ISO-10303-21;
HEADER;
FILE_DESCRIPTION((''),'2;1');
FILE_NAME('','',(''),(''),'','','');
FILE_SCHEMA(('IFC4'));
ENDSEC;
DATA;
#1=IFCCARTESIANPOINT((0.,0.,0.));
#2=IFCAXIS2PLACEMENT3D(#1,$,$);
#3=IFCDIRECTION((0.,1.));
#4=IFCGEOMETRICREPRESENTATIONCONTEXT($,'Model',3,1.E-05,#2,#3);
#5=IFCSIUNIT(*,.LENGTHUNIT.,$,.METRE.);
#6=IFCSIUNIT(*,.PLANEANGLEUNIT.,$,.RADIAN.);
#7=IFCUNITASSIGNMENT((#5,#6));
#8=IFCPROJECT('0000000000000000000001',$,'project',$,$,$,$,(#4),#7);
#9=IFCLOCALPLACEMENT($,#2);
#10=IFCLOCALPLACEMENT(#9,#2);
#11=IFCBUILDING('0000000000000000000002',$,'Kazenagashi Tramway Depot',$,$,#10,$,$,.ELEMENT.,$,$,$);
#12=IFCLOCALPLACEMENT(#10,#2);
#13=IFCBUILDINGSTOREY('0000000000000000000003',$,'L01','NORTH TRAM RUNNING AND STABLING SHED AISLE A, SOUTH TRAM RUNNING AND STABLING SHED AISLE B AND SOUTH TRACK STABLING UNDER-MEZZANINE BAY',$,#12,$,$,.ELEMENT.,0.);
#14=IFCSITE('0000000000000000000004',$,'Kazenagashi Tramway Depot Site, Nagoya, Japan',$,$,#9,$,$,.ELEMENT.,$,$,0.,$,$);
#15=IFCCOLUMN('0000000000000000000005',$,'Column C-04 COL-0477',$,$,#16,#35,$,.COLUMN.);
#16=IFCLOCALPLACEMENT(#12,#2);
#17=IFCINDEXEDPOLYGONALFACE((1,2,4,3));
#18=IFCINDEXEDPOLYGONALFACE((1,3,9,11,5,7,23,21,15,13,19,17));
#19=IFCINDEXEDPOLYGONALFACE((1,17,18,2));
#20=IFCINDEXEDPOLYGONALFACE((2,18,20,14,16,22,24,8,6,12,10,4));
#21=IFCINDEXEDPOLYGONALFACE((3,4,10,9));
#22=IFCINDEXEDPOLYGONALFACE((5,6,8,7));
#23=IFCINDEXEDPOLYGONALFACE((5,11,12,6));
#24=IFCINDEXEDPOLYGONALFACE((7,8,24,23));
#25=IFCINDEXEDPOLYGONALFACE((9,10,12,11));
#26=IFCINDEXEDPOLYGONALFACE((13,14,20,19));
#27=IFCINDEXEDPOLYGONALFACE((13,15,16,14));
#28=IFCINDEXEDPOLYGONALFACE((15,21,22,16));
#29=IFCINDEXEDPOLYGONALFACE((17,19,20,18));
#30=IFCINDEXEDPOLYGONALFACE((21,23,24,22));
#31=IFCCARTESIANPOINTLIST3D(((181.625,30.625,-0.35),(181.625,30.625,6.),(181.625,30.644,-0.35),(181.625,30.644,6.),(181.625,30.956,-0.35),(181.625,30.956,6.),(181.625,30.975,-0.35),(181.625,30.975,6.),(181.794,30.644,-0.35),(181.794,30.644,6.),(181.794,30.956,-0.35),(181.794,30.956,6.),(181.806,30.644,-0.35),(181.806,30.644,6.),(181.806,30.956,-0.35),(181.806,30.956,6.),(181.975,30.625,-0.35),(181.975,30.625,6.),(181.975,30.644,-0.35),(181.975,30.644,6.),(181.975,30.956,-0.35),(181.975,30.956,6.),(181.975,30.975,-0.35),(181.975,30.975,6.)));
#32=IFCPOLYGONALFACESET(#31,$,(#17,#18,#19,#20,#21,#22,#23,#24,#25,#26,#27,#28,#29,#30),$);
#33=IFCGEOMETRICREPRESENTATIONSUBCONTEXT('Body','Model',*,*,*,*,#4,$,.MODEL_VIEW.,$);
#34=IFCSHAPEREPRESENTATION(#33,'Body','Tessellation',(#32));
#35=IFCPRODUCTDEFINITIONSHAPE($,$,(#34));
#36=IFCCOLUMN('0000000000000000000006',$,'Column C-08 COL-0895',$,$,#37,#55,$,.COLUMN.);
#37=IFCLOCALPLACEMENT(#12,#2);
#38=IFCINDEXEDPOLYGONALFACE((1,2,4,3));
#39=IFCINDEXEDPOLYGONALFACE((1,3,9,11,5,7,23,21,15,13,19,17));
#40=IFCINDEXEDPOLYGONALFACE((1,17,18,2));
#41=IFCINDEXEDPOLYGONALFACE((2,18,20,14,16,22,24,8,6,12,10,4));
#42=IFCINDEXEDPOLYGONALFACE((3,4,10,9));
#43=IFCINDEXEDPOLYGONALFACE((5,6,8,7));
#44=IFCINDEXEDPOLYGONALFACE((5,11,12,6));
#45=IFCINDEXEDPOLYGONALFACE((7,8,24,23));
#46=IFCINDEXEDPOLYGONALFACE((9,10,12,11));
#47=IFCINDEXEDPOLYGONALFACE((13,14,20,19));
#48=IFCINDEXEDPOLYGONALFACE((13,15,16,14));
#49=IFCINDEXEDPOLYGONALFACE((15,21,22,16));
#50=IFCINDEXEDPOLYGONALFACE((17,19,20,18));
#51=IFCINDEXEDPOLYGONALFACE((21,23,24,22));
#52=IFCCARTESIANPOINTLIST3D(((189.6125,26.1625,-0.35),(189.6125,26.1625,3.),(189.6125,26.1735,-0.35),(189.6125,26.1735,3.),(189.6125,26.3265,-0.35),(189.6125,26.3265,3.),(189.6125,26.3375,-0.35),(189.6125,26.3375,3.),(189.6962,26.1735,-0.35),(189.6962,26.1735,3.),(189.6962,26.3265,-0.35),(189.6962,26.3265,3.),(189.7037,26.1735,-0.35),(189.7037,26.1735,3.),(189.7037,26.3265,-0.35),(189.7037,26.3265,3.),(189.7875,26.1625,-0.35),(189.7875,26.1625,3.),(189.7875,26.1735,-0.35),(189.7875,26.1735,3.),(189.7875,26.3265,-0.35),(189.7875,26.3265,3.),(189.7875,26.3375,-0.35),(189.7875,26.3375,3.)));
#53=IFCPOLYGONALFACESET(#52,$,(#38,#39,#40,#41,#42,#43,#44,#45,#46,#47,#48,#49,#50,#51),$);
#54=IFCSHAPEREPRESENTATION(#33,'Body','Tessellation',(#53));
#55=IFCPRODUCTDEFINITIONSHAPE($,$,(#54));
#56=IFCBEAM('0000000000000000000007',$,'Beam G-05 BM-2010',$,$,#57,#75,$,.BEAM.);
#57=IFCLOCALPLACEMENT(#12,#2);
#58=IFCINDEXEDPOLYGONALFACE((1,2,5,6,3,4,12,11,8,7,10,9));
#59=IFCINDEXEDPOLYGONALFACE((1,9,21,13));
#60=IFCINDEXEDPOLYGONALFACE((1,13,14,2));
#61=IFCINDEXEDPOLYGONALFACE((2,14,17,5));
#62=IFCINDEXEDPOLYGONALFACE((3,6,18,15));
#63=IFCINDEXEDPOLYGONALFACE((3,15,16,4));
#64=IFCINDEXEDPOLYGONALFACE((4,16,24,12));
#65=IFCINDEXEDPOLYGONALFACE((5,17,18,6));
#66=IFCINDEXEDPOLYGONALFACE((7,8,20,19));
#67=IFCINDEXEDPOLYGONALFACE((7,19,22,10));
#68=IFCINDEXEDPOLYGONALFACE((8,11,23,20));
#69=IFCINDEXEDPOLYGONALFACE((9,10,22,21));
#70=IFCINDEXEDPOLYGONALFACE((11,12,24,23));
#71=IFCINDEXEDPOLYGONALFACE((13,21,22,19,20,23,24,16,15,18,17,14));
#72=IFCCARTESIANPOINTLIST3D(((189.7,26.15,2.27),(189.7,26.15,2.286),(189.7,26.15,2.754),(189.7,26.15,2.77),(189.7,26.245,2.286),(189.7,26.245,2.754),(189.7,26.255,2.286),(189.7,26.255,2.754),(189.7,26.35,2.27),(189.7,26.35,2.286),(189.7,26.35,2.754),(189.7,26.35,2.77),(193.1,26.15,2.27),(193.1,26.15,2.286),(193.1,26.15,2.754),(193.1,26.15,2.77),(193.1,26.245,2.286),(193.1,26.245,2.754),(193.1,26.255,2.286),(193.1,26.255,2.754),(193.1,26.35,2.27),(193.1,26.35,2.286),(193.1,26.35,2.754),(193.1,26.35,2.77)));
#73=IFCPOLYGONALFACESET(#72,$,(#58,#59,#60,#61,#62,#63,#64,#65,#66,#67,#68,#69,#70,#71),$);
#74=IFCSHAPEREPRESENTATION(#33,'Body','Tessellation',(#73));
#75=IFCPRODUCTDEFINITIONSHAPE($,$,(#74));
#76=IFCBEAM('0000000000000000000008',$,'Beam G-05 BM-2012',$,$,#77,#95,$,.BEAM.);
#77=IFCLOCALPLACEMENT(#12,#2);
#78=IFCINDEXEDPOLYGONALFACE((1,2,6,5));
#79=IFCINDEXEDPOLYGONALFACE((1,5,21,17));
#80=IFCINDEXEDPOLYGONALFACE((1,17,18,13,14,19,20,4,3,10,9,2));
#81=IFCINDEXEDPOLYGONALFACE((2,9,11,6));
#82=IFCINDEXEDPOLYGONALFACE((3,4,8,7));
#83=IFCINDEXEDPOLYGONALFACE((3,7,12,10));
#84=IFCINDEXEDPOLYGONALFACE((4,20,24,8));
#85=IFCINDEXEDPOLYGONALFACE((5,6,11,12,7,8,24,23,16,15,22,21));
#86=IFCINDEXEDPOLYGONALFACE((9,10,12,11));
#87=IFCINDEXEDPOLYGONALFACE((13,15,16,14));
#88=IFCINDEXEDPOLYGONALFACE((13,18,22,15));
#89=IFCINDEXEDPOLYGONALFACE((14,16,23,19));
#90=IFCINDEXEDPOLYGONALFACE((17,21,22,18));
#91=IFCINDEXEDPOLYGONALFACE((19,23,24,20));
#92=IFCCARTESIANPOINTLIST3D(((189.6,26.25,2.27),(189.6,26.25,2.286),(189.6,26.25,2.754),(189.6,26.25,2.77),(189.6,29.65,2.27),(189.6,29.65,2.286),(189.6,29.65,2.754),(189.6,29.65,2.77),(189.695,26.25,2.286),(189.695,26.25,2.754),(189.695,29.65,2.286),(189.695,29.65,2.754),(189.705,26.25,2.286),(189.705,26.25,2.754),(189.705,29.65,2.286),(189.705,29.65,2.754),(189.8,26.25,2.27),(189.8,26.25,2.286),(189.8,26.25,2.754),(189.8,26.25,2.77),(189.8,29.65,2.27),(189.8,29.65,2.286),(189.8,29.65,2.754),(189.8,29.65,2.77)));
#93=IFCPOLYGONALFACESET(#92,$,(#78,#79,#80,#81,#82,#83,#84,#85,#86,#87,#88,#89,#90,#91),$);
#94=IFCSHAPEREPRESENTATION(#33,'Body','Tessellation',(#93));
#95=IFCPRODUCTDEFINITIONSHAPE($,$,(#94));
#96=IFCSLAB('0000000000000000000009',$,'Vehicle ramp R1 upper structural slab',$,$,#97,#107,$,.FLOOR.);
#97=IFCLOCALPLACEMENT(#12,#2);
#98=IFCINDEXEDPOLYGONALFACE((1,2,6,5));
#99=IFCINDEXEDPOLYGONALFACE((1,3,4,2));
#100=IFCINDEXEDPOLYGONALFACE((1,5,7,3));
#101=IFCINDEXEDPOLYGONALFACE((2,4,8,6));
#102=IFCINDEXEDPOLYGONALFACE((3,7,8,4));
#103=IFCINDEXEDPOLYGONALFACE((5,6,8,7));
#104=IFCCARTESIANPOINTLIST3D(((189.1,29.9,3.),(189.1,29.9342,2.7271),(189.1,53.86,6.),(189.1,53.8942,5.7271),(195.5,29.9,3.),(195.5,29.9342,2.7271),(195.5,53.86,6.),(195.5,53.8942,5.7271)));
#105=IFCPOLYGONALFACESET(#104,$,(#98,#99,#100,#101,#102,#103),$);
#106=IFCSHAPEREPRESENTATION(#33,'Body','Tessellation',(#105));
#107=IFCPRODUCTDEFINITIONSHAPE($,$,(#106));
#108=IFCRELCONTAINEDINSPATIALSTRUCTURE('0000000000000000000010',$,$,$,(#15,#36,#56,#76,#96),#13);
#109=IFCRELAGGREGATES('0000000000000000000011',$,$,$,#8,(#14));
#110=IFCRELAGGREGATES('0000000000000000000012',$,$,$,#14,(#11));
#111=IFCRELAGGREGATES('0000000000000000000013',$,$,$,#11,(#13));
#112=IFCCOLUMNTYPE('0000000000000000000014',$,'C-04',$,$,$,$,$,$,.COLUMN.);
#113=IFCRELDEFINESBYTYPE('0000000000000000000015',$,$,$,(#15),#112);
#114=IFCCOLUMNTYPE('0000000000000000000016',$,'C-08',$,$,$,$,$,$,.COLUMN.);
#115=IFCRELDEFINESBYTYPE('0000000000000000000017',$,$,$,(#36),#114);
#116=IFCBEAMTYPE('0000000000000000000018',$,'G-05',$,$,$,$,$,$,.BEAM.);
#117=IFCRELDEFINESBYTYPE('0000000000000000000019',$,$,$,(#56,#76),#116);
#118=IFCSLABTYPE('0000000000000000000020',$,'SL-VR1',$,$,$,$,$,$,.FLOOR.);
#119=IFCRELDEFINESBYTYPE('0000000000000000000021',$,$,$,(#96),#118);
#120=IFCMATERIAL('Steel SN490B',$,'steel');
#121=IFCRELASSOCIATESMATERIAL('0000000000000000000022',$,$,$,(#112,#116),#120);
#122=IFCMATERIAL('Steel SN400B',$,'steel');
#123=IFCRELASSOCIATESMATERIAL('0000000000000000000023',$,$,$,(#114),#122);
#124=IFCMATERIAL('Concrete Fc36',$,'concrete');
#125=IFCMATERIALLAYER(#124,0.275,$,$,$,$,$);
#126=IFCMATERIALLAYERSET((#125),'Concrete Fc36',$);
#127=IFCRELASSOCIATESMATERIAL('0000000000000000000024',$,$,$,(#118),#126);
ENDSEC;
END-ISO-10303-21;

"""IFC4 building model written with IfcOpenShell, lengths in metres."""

from ifc_helpers import new_model, si_unit, direction, frame, origin, origin_2d, place, context, subcontext, project, spatial, polyline, i_section, outline, extrude, material, layer, layer_set, material_profile, profile_set, type_object, element, save


model = new_model("IFC4")

# Units and contexts
model_context = context("Model", 3, precision=1e-05, world=origin(), true_north=direction((0.0, 1.0)))
body_context = subcontext(model_context, "Body", "Model", "MODEL_VIEW")
ifc_project = project(units=[si_unit("LENGTHUNIT", "METRE"), si_unit("PLANEANGLEUNIT", "RADIAN")], contexts=[model_context])

# Site, building, storey
site_placement = place(None, origin())
site = spatial("IfcSite", under=ifc_project, at=site_placement, Name="Kazenagashi Tramway Depot Site, Nagoya, Japan", CompositionType="ELEMENT", RefElevation=0.0)
building_placement = place(site_placement, origin())
building = spatial("IfcBuilding", under=site, at=building_placement, Name="Kazenagashi Tramway Depot", CompositionType="ELEMENT")
storey_placement = place(building_placement, origin())
storey = spatial("IfcBuildingStorey", under=building, at=storey_placement, Name="L01", Description="NORTH TRAM RUNNING AND STABLING SHED AISLE A, SOUTH TRAM RUNNING AND STABLING SHED AISLE B AND SOUTH TRACK STABLING UNDER-MEZZANINE BAY", CompositionType="ELEMENT", Elevation=0.0)

# Columns
ifc_material_1 = material(Name="Steel SN490B", Category="steel")
ifc_material_profile_1 = material_profile(ifc_material_1, i_section(OverallWidth=0.35, OverallDepth=0.35, WebThickness=0.012, FlangeThickness=0.019, at=origin_2d()), Name="H-350x350x12x19")
ifc_profile_set_1 = profile_set([ifc_material_profile_1], Name="Steel SN490B")
column_type_1 = type_object("IfcColumnType", Name="C-04", PredefinedType="COLUMN", material=ifc_profile_set_1)
for number, where, z_axis, x_axis, name in (
    (1, (181.8, 30.8, -0.35), (0.0, 0.0, 1.0), (1.0, 0.0, 0.0), "Column C-04 COL-0477"),
):
    element("IfcColumn", number, at=place(storey_placement, frame(where, z_axis=z_axis, x_axis=x_axis)), inside=storey, type_object=column_type_1, Name=name, PredefinedType="COLUMN", context=body_context, shape_type="SweptSolid", body=[
        extrude(i_section(OverallWidth=0.35, OverallDepth=0.35, WebThickness=0.012, FlangeThickness=0.019, at=origin_2d()), origin(), (0.0, 0.0, 1.0), 6.35),
    ])
ifc_material_2 = material(Name="Steel SN400B", Category="steel")
ifc_material_profile_2 = material_profile(ifc_material_2, i_section(OverallWidth=0.175, OverallDepth=0.175, WebThickness=0.0075, FlangeThickness=0.011, at=origin_2d()), Name="H-175x175x7.5x11")
ifc_profile_set_2 = profile_set([ifc_material_profile_2], Name="Steel SN400B")
column_type_2 = type_object("IfcColumnType", Name="C-08", PredefinedType="COLUMN", material=ifc_profile_set_2)
column_placement = place(storey_placement, frame((189.7, 26.25, -0.35), z_axis=(0.0, 0.0, 1.0), x_axis=(1.0, 0.0, 0.0)))
element("IfcColumn", 2, at=column_placement, inside=storey, type_object=column_type_2, Name="Column C-08 COL-0895", PredefinedType="COLUMN", context=body_context, shape_type="SweptSolid", body=[
    extrude(i_section(OverallWidth=0.175, OverallDepth=0.175, WebThickness=0.0075, FlangeThickness=0.011, at=origin_2d()), origin(), (0.0, 0.0, 1.0), 3.35),
])

# Beams
ifc_material_profile_3 = material_profile(ifc_material_1, i_section(OverallWidth=0.2, OverallDepth=0.5, WebThickness=0.01, FlangeThickness=0.016, at=origin_2d()), Name="H-500x200x10x16")
ifc_profile_set_3 = profile_set([ifc_material_profile_3], Name="Steel SN490B")
beam_type = type_object("IfcBeamType", Name="G-05", PredefinedType="BEAM", material=ifc_profile_set_3)
for number, where, z_axis, x_axis, name in (
    (3, (189.7, 26.25, 2.52), (1.0, 0.0, 0.0), (0.0, 1.0, 0.0), "Beam G-05 BM-2010"),
    (4, (189.7, 26.25, 2.52), (0.0, 1.0, 0.0), (-1.0, 0.0, 0.0), "Beam G-05 BM-2012"),
):
    element("IfcBeam", number, at=place(storey_placement, frame(where, z_axis=z_axis, x_axis=x_axis)), inside=storey, type_object=beam_type, Name=name, PredefinedType="BEAM", context=body_context, shape_type="SweptSolid", body=[
        extrude(i_section(OverallWidth=0.2, OverallDepth=0.5, WebThickness=0.01, FlangeThickness=0.016, at=origin_2d()), origin(), (0.0, 0.0, 1.0), 3.4),
    ])

# Slab
ifc_material_3 = material(Name="Concrete Fc36", Category="concrete")
ifc_layer = layer(ifc_material_3, 0.275)
ifc_layer_set = layer_set([ifc_layer], Name="Concrete Fc36")
slab_type = type_object("IfcSlabType", Name="SL-VR1", PredefinedType="FLOOR", material=ifc_layer_set)
slab_placement = place(storey_placement, frame((189.1, 29.9, 3.0), z_axis=(0.0, -0.124239, 0.992252), x_axis=(1.0, 0.0, 0.0)))
element("IfcSlab", 5, at=slab_placement, inside=storey, type_object=slab_type, Name="Vehicle ramp R1 upper structural slab", PredefinedType="FLOOR", context=body_context, shape_type="SweptSolid", body=[
    extrude(outline(polyline([(0.0, 0.0), (6.4, 0.0), (6.4, 24.1471), (0.0, 24.1471), (0.0, 0.0)])), origin(), (0.0, 0.0, -1.0), 0.275),
])

save(model, "model.ifc")
